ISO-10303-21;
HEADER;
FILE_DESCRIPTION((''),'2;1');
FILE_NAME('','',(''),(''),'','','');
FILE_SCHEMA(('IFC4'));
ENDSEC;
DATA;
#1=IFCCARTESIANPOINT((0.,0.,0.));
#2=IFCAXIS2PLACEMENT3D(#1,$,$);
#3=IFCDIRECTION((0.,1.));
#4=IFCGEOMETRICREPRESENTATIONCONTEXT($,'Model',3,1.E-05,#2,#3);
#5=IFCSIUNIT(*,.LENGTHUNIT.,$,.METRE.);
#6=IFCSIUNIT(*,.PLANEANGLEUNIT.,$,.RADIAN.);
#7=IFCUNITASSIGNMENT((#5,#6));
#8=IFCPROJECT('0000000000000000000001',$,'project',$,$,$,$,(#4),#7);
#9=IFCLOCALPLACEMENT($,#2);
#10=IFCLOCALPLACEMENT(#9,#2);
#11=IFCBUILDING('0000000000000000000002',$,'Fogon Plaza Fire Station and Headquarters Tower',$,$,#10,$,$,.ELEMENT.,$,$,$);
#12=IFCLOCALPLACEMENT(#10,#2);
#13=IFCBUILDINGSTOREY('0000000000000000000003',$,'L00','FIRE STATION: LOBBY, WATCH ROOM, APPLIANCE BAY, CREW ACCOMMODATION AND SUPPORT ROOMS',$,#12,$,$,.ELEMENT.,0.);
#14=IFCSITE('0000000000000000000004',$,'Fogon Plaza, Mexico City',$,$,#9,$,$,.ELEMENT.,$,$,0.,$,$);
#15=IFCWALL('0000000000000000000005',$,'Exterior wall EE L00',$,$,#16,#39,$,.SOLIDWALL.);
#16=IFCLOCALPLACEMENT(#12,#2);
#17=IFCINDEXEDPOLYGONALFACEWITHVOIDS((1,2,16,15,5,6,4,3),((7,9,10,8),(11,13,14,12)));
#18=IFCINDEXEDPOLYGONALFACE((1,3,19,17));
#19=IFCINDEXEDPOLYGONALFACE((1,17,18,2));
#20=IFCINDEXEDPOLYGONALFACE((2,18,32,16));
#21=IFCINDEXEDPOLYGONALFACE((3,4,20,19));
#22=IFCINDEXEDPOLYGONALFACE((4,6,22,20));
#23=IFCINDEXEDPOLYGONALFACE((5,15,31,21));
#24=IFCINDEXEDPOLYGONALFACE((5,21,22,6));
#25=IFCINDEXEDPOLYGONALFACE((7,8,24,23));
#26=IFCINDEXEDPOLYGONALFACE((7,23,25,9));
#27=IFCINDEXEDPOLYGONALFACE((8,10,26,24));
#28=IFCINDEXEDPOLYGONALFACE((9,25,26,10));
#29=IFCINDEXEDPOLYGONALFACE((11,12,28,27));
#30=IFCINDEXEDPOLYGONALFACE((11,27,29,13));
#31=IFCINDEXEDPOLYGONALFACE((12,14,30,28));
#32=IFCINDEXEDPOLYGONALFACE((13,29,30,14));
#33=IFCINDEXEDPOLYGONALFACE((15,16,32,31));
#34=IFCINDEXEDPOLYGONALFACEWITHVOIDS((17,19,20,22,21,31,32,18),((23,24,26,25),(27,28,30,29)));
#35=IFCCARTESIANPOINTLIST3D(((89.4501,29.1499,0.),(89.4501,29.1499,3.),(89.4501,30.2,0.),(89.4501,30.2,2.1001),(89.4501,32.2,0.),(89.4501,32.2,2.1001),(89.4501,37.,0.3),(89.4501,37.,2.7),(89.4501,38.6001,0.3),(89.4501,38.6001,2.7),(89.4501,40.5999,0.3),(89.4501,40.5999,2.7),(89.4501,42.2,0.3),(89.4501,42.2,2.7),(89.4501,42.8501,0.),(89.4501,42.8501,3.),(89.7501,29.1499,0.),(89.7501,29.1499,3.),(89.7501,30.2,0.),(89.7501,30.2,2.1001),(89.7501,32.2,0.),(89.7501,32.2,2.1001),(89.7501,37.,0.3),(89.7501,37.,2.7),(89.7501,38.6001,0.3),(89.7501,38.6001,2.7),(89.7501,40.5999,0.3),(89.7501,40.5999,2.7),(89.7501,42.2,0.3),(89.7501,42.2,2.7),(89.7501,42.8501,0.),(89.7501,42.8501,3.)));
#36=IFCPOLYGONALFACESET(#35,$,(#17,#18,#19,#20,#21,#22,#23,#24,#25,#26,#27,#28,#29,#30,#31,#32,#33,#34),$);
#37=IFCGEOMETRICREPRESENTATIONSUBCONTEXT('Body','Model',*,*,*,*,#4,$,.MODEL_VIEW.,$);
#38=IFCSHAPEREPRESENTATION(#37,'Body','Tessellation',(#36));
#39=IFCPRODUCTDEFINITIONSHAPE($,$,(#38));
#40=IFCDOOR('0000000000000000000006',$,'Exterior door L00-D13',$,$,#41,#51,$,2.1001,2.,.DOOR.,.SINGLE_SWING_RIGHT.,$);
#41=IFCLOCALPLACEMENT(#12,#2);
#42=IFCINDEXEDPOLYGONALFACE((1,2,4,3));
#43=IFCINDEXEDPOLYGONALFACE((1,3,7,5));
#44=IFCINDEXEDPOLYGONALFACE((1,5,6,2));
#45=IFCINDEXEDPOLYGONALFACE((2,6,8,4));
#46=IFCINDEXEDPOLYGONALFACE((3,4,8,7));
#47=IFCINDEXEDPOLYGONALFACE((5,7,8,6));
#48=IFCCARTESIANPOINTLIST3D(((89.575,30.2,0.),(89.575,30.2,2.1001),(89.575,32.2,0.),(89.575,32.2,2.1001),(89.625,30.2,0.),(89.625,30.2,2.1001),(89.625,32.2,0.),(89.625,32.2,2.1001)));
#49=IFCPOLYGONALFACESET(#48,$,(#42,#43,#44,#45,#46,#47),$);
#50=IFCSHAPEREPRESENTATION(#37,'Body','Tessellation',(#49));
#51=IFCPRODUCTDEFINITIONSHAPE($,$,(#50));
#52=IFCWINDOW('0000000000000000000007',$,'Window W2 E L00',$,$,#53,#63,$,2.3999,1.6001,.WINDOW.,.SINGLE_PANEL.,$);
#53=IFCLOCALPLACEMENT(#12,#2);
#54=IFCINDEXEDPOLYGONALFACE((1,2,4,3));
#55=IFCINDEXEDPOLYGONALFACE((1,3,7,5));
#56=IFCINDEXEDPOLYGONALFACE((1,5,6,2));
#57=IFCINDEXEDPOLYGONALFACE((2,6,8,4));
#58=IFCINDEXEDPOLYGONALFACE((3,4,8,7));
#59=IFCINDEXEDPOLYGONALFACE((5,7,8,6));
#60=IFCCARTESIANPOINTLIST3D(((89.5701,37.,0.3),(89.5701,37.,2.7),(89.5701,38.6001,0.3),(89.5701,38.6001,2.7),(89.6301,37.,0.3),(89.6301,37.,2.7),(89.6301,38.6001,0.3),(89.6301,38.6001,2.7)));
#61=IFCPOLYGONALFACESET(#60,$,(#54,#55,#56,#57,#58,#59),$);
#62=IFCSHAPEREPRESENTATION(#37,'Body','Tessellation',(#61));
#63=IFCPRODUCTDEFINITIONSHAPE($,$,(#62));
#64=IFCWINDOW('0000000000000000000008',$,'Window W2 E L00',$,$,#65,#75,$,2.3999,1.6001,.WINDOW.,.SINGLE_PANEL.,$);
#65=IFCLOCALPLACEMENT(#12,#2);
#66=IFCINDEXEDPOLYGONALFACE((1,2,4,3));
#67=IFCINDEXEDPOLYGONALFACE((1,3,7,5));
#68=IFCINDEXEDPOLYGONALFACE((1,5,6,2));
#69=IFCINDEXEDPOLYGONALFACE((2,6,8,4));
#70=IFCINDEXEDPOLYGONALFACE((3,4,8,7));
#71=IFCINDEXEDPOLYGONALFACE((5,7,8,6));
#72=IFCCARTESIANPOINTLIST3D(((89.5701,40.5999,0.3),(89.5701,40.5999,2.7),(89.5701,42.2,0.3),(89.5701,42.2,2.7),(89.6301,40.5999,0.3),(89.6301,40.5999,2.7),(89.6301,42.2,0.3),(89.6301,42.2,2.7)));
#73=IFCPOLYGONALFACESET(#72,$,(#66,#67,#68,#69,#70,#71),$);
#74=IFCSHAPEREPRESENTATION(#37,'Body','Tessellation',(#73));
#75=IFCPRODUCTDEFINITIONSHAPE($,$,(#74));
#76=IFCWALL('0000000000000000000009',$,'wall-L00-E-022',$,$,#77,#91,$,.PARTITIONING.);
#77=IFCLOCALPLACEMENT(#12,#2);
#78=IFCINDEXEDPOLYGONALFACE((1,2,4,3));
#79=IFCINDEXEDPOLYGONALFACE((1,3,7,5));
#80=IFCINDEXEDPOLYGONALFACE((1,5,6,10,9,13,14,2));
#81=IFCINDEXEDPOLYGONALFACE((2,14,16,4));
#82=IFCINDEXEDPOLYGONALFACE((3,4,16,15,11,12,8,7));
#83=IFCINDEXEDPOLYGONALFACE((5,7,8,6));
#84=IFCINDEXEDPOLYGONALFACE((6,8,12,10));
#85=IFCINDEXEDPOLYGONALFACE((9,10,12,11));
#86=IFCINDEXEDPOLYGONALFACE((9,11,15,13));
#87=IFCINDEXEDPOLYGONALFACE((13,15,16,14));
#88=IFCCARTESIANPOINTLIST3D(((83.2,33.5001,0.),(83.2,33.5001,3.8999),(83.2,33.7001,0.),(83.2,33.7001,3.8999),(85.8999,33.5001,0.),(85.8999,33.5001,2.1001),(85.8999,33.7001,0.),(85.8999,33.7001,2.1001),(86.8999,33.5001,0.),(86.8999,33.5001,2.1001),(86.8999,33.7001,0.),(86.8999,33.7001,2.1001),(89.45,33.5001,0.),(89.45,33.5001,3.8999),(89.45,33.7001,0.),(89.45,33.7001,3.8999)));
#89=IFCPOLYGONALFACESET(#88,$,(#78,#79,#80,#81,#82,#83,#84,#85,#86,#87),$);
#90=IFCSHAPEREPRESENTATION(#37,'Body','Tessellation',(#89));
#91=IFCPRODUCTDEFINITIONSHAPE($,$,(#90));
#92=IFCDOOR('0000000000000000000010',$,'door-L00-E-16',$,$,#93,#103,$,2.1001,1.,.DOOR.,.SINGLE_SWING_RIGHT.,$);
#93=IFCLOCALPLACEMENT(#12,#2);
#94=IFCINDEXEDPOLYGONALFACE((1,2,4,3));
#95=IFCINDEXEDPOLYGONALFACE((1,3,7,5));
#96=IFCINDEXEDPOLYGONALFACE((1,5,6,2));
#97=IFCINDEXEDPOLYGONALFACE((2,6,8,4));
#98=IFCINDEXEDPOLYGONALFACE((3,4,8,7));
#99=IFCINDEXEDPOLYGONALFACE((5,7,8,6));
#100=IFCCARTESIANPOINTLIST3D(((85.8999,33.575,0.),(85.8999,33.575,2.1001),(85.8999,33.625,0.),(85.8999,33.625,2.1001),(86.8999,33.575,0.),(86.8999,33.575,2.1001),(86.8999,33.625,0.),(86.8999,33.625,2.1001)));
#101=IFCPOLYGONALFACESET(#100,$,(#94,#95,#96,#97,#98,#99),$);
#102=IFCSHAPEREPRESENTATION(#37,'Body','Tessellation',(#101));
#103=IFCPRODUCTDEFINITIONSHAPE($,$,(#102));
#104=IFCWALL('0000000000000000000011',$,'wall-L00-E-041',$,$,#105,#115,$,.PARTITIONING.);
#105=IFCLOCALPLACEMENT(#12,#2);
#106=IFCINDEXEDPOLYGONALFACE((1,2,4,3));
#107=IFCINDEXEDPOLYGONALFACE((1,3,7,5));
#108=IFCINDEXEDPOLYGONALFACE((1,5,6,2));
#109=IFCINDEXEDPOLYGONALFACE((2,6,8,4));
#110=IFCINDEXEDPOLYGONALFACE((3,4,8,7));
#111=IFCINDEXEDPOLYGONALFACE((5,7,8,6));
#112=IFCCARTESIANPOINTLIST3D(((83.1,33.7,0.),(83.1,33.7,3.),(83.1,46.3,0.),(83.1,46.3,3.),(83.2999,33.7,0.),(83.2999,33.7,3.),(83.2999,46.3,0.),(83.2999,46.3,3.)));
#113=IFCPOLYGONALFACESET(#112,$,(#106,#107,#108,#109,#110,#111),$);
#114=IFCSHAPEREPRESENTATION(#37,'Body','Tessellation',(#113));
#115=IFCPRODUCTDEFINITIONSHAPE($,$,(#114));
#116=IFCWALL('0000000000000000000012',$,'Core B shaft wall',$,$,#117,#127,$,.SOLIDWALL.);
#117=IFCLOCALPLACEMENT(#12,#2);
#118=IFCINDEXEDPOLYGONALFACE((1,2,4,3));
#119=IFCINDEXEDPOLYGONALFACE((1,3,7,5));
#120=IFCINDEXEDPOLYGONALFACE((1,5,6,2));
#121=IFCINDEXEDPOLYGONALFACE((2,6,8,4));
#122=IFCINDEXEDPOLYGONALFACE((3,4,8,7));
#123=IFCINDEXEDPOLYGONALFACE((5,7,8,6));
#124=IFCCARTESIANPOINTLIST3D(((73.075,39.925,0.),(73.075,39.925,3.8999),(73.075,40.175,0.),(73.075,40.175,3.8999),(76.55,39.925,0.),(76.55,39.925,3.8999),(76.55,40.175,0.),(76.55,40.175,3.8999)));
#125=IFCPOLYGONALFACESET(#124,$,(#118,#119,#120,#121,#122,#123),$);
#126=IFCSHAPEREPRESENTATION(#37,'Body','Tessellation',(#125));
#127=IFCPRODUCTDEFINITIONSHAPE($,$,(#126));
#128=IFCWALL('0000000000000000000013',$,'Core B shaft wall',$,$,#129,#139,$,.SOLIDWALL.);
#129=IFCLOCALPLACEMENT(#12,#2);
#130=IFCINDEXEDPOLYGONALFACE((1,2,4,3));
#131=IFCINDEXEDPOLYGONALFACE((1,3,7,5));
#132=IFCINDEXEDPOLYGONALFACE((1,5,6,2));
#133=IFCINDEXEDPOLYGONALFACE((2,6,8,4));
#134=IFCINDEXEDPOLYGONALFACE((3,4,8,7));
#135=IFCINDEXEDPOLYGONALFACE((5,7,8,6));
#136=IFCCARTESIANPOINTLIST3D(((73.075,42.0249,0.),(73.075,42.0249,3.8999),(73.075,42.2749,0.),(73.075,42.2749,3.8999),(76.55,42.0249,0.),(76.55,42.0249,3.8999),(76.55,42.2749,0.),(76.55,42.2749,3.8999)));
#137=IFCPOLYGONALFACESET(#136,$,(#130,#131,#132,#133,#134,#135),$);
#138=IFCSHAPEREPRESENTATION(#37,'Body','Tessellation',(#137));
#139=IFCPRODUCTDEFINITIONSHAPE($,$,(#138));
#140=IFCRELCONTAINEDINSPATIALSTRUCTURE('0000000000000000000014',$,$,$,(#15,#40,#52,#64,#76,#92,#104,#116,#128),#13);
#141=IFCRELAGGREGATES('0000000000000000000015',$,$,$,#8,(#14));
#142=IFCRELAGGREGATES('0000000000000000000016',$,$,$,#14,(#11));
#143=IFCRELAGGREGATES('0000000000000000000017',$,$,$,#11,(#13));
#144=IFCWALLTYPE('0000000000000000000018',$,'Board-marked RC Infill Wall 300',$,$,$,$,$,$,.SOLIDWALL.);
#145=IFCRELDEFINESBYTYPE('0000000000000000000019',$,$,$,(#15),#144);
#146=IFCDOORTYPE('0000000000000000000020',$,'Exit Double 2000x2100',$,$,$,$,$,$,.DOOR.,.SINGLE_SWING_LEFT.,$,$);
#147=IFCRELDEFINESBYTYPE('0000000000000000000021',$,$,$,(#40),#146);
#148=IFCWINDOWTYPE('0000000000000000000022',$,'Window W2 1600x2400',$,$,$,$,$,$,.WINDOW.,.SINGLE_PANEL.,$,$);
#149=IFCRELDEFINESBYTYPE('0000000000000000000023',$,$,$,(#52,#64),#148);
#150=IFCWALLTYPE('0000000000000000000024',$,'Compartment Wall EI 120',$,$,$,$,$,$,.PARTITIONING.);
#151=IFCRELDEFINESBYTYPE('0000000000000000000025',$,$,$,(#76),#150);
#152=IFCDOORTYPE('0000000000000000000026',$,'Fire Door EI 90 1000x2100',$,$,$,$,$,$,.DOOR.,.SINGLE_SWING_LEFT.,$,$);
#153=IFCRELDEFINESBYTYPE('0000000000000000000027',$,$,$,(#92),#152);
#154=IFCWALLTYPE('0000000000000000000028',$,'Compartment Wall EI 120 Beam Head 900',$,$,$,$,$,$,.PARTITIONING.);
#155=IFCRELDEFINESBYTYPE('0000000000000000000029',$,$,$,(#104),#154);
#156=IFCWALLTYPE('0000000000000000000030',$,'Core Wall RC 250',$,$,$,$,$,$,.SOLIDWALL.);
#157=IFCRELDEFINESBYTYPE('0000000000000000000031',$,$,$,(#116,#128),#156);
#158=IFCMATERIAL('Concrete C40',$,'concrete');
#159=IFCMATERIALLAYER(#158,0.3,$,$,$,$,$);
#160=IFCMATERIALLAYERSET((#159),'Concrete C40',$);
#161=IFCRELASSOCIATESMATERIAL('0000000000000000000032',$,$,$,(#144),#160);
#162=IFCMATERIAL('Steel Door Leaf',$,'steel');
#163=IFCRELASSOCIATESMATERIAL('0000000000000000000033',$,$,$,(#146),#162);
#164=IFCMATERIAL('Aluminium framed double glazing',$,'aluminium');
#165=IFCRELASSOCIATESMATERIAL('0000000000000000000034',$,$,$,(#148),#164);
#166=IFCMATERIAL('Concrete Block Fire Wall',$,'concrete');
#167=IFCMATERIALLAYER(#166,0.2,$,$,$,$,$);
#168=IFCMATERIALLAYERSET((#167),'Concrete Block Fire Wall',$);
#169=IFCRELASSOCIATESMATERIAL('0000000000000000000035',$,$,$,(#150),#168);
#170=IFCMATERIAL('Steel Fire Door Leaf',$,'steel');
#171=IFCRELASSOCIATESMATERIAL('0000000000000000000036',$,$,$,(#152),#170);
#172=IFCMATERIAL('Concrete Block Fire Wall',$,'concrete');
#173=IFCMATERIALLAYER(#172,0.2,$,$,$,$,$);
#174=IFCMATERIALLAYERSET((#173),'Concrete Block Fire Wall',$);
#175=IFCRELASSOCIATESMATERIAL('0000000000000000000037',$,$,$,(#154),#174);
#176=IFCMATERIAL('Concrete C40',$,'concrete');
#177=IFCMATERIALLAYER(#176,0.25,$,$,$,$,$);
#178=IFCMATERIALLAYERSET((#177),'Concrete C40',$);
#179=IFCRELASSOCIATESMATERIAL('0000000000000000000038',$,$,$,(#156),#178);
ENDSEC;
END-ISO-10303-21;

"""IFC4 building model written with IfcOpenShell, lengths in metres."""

from ifc_helpers import new_model, si_unit, direction, frame, frame_2d, origin, place, context, subcontext, project, spatial, rectangle, extrude, material, layer, layer_set, type_object, element, fill, save


model = new_model("IFC4")

# Units and contexts
model_context = context("Model", 3, precision=1e-05, world=origin(), true_north=direction((0.0, 1.0)))
body_context = subcontext(model_context, "Body", "Model", "MODEL_VIEW")
ifc_project = project(units=[si_unit("LENGTHUNIT", "METRE"), si_unit("PLANEANGLEUNIT", "RADIAN")], contexts=[model_context])

# Site, building, storey
site_placement = place(None, origin())
site = spatial("IfcSite", under=ifc_project, at=site_placement, Name="Fogon Plaza, Mexico City", CompositionType="ELEMENT", RefElevation=0.0)
building_placement = place(site_placement, origin())
building = spatial("IfcBuilding", under=site, at=building_placement, Name="Fogon Plaza Fire Station and Headquarters Tower", CompositionType="ELEMENT")
storey_placement = place(building_placement, origin())
storey = spatial("IfcBuildingStorey", under=building, at=storey_placement, Name="L00", Description="FIRE STATION: LOBBY, WATCH ROOM, APPLIANCE BAY, CREW ACCOMMODATION AND SUPPORT ROOMS", CompositionType="ELEMENT", Elevation=0.0)

# Wall, openings, door, windows
ifc_material_1 = material(Name="Concrete C40", Category="concrete")
ifc_layer_1 = layer(ifc_material_1, 0.3)
ifc_layer_set_1 = layer_set([ifc_layer_1], Name="Concrete C40")
wall_type_1 = type_object("IfcWallType", Name="Board-marked RC Infill Wall 300", PredefinedType="SOLIDWALL", material=ifc_layer_set_1)
wall_1_placement = place(storey_placement, frame((89.6001, 29.1499, 0.0), z_axis=(0.0, 0.0, 1.0), x_axis=(0.0, 1.0, 0.0)))
wall_1 = element("IfcWall", 1, at=wall_1_placement, inside=storey, type_object=wall_type_1, Name="Exterior wall EE L00", PredefinedType="SOLIDWALL", context=body_context, shape_type="SweptSolid", body=[
    extrude(rectangle(XDim=13.7002, YDim=0.3, at=frame_2d((6.8501, 0.0))), origin(), (0.0, 0.0, 1.0), 3.0),
])
opening_1_placement = place(wall_1_placement, frame((1.05, 0.0, 0.0)))
opening_1 = element("IfcOpeningElement", 2, at=opening_1_placement, cuts=wall_1, PredefinedType="OPENING", context=body_context, shape_type="SweptSolid", body=[
    extrude(rectangle(XDim=2.0, YDim=2.1001, at=frame_2d((1.0, 1.05))), frame((0.0, 0.1599, 0.0), z_axis=(0.0, -1.0, 0.0), x_axis=(1.0, 0.0, 0.0)), (0.0, 0.0, 1.0), 0.3201),
])
opening_2_placement = place(wall_1_placement, frame((7.8501, 0.0, 0.3)))
opening_2 = element("IfcOpeningElement", 3, at=opening_2_placement, cuts=wall_1, PredefinedType="OPENING", context=body_context, shape_type="SweptSolid", body=[
    extrude(rectangle(XDim=1.6001, YDim=2.3999, at=frame_2d((0.8, 1.2))), frame((0.0, 0.1599, 0.0), z_axis=(0.0, -1.0, 0.0), x_axis=(1.0, 0.0, 0.0)), (0.0, 0.0, 1.0), 0.3201),
])
opening_3_placement = place(wall_1_placement, frame((11.45, 0.0, 0.3)))
opening_3 = element("IfcOpeningElement", 4, at=opening_3_placement, cuts=wall_1, PredefinedType="OPENING", context=body_context, shape_type="SweptSolid", body=[
    extrude(rectangle(XDim=1.6001, YDim=2.3999, at=frame_2d((0.8, 1.2))), frame((0.0, 0.1599, 0.0), z_axis=(0.0, -1.0, 0.0), x_axis=(1.0, 0.0, 0.0)), (0.0, 0.0, 1.0), 0.3201),
])
ifc_material_2 = material(Name="Steel Door Leaf", Category="steel")
door_type_1 = type_object("IfcDoorType", Name="Exit Double 2000x2100", OperationType="SINGLE_SWING_LEFT", PredefinedType="DOOR", material=ifc_material_2)
door_1_placement = place(opening_1_placement, frame((2.0, 0.0, 0.0), z_axis=(0.0, 0.0, 1.0), x_axis=(-1.0, 0.0, 0.0)))
door_1 = element("IfcDoor", 5, at=door_1_placement, inside=storey, type_object=door_type_1, Name="Exterior door L00-D13", OperationType="SINGLE_SWING_RIGHT", OverallHeight=2.1001, OverallWidth=2.0, PredefinedType="DOOR", context=body_context, shape_type="SweptSolid", body=[
    extrude(rectangle(XDim=2.0, YDim=2.1001, at=frame_2d((1.0, 1.05))), frame((0.0, 0.0249, 0.0), z_axis=(0.0, -1.0, 0.0), x_axis=(1.0, 0.0, 0.0)), (0.0, 0.0, 1.0), 0.05),
])
fill(opening_1, door_1)
ifc_material_3 = material(Name="Aluminium framed double glazing", Category="aluminium")
window_type = type_object("IfcWindowType", Name="Window W2 1600x2400", PartitioningType="SINGLE_PANEL", PredefinedType="WINDOW", material=ifc_material_3)
window_1_placement = place(opening_2_placement, origin())
window_1 = element("IfcWindow", 6, at=window_1_placement, inside=storey, type_object=window_type, Name="Window W2 E L00", OverallHeight=2.3999, OverallWidth=1.6001, PartitioningType="SINGLE_PANEL", PredefinedType="WINDOW", context=body_context, shape_type="SweptSolid", body=[
    extrude(rectangle(XDim=1.6001, YDim=2.3999, at=frame_2d((0.8, 1.2))), frame((0.0, 0.03, 0.0), z_axis=(0.0, -1.0, 0.0), x_axis=(1.0, 0.0, 0.0)), (0.0, 0.0, 1.0), 0.0601),
])
fill(opening_2, window_1)
window_2_placement = place(opening_3_placement, origin())
window_2 = element("IfcWindow", 7, at=window_2_placement, inside=storey, type_object=window_type, Name="Window W2 E L00", OverallHeight=2.3999, OverallWidth=1.6001, PartitioningType="SINGLE_PANEL", PredefinedType="WINDOW", context=body_context, shape_type="SweptSolid", body=[
    extrude(rectangle(XDim=1.6001, YDim=2.3999, at=frame_2d((0.8, 1.2))), frame((0.0, 0.03, 0.0), z_axis=(0.0, -1.0, 0.0), x_axis=(1.0, 0.0, 0.0)), (0.0, 0.0, 1.0), 0.0601),
])
fill(opening_3, window_2)

# Wall, opening, door
ifc_material_4 = material(Name="Concrete Block Fire Wall", Category="concrete")
ifc_layer_2 = layer(ifc_material_4, 0.2)
ifc_layer_set_2 = layer_set([ifc_layer_2], Name="Concrete Block Fire Wall")
wall_type_2 = type_object("IfcWallType", Name="Compartment Wall EI 120", PredefinedType="PARTITIONING", material=ifc_layer_set_2)
wall_2_placement = place(storey_placement, frame((89.45, 33.6001, 0.0), z_axis=(0.0, 0.0, 1.0), x_axis=(-1.0, 0.0, 0.0)))
wall_2 = element("IfcWall", 8, at=wall_2_placement, inside=storey, type_object=wall_type_2, Name="wall-L00-E-022", PredefinedType="PARTITIONING", context=body_context, shape_type="SweptSolid", body=[
    extrude(rectangle(XDim=6.25, YDim=0.2, at=frame_2d((3.125, 0.0))), origin(), (0.0, 0.0, 1.0), 3.8999),
])
opening_4_placement = place(wall_2_placement, frame((2.55, 0.0, 0.0)))
opening_4 = element("IfcOpeningElement", 9, at=opening_4_placement, cuts=wall_2, PredefinedType="OPENING", context=body_context, shape_type="SweptSolid", body=[
    extrude(rectangle(XDim=1.0, YDim=2.1001, at=frame_2d((0.5, 1.05))), frame((0.0, 0.1099, 0.0), z_axis=(0.0, -1.0, 0.0), x_axis=(1.0, 0.0, 0.0)), (0.0, 0.0, 1.0), 0.22),
])
ifc_material_5 = material(Name="Steel Fire Door Leaf", Category="steel")
door_type_2 = type_object("IfcDoorType", Name="Fire Door EI 90 1000x2100", OperationType="SINGLE_SWING_LEFT", PredefinedType="DOOR", material=ifc_material_5)
door_2_placement = place(opening_4_placement, frame((1.0, 0.0, 0.0), z_axis=(0.0, 0.0, 1.0), x_axis=(-1.0, 0.0, 0.0)))
door_2 = element("IfcDoor", 10, at=door_2_placement, inside=storey, type_object=door_type_2, Name="door-L00-E-16", OperationType="SINGLE_SWING_RIGHT", OverallHeight=2.1001, OverallWidth=1.0, PredefinedType="DOOR", context=body_context, shape_type="SweptSolid", body=[
    extrude(rectangle(XDim=1.0, YDim=2.1001, at=frame_2d((0.5, 1.05))), frame((0.0, 0.0249, 0.0), z_axis=(0.0, -1.0, 0.0), x_axis=(1.0, 0.0, 0.0)), (0.0, 0.0, 1.0), 0.05),
])
fill(opening_4, door_2)

# Walls
ifc_material_6 = material(Name="Concrete Block Fire Wall", Category="concrete")
ifc_layer_3 = layer(ifc_material_6, 0.2)
ifc_layer_set_3 = layer_set([ifc_layer_3], Name="Concrete Block Fire Wall")
wall_type_3 = type_object("IfcWallType", Name="Compartment Wall EI 120 Beam Head 900", PredefinedType="PARTITIONING", material=ifc_layer_set_3)
wall_3_placement = place(storey_placement, frame((83.2, 33.7, 0.0), z_axis=(0.0, 0.0, 1.0), x_axis=(0.0, 1.0, 0.0)))
element("IfcWall", 11, at=wall_3_placement, inside=storey, type_object=wall_type_3, Name="wall-L00-E-041", PredefinedType="PARTITIONING", context=body_context, shape_type="SweptSolid", body=[
    extrude(rectangle(XDim=12.6001, YDim=0.2, at=frame_2d((6.3, 0.0))), origin(), (0.0, 0.0, 1.0), 3.0),
])
ifc_material_7 = material(Name="Concrete C40", Category="concrete")
ifc_layer_4 = layer(ifc_material_7, 0.25)
ifc_layer_set_4 = layer_set([ifc_layer_4], Name="Concrete C40")
wall_type_4 = type_object("IfcWallType", Name="Core Wall RC 250", PredefinedType="SOLIDWALL", material=ifc_layer_set_4)
for number, where, z_axis, x_axis, name in (
    (12, (76.55, 40.05, 0.0), (0.0, 0.0, 1.0), (-1.0, 0.0, 0.0), "Core B shaft wall"),
    (13, (76.55, 42.1499, 0.0), (0.0, 0.0, 1.0), (-1.0, 0.0, 0.0), "Core B shaft wall"),
):
    element("IfcWall", number, at=place(storey_placement, frame(where, z_axis=z_axis, x_axis=x_axis)), inside=storey, type_object=wall_type_4, Name=name, PredefinedType="SOLIDWALL", context=body_context, shape_type="SweptSolid", body=[
        extrude(rectangle(XDim=3.4751, YDim=0.25, at=frame_2d((1.7375, 0.0))), origin(), (0.0, 0.0, 1.0), 3.8999),
    ])

save(model, "model.ifc")
